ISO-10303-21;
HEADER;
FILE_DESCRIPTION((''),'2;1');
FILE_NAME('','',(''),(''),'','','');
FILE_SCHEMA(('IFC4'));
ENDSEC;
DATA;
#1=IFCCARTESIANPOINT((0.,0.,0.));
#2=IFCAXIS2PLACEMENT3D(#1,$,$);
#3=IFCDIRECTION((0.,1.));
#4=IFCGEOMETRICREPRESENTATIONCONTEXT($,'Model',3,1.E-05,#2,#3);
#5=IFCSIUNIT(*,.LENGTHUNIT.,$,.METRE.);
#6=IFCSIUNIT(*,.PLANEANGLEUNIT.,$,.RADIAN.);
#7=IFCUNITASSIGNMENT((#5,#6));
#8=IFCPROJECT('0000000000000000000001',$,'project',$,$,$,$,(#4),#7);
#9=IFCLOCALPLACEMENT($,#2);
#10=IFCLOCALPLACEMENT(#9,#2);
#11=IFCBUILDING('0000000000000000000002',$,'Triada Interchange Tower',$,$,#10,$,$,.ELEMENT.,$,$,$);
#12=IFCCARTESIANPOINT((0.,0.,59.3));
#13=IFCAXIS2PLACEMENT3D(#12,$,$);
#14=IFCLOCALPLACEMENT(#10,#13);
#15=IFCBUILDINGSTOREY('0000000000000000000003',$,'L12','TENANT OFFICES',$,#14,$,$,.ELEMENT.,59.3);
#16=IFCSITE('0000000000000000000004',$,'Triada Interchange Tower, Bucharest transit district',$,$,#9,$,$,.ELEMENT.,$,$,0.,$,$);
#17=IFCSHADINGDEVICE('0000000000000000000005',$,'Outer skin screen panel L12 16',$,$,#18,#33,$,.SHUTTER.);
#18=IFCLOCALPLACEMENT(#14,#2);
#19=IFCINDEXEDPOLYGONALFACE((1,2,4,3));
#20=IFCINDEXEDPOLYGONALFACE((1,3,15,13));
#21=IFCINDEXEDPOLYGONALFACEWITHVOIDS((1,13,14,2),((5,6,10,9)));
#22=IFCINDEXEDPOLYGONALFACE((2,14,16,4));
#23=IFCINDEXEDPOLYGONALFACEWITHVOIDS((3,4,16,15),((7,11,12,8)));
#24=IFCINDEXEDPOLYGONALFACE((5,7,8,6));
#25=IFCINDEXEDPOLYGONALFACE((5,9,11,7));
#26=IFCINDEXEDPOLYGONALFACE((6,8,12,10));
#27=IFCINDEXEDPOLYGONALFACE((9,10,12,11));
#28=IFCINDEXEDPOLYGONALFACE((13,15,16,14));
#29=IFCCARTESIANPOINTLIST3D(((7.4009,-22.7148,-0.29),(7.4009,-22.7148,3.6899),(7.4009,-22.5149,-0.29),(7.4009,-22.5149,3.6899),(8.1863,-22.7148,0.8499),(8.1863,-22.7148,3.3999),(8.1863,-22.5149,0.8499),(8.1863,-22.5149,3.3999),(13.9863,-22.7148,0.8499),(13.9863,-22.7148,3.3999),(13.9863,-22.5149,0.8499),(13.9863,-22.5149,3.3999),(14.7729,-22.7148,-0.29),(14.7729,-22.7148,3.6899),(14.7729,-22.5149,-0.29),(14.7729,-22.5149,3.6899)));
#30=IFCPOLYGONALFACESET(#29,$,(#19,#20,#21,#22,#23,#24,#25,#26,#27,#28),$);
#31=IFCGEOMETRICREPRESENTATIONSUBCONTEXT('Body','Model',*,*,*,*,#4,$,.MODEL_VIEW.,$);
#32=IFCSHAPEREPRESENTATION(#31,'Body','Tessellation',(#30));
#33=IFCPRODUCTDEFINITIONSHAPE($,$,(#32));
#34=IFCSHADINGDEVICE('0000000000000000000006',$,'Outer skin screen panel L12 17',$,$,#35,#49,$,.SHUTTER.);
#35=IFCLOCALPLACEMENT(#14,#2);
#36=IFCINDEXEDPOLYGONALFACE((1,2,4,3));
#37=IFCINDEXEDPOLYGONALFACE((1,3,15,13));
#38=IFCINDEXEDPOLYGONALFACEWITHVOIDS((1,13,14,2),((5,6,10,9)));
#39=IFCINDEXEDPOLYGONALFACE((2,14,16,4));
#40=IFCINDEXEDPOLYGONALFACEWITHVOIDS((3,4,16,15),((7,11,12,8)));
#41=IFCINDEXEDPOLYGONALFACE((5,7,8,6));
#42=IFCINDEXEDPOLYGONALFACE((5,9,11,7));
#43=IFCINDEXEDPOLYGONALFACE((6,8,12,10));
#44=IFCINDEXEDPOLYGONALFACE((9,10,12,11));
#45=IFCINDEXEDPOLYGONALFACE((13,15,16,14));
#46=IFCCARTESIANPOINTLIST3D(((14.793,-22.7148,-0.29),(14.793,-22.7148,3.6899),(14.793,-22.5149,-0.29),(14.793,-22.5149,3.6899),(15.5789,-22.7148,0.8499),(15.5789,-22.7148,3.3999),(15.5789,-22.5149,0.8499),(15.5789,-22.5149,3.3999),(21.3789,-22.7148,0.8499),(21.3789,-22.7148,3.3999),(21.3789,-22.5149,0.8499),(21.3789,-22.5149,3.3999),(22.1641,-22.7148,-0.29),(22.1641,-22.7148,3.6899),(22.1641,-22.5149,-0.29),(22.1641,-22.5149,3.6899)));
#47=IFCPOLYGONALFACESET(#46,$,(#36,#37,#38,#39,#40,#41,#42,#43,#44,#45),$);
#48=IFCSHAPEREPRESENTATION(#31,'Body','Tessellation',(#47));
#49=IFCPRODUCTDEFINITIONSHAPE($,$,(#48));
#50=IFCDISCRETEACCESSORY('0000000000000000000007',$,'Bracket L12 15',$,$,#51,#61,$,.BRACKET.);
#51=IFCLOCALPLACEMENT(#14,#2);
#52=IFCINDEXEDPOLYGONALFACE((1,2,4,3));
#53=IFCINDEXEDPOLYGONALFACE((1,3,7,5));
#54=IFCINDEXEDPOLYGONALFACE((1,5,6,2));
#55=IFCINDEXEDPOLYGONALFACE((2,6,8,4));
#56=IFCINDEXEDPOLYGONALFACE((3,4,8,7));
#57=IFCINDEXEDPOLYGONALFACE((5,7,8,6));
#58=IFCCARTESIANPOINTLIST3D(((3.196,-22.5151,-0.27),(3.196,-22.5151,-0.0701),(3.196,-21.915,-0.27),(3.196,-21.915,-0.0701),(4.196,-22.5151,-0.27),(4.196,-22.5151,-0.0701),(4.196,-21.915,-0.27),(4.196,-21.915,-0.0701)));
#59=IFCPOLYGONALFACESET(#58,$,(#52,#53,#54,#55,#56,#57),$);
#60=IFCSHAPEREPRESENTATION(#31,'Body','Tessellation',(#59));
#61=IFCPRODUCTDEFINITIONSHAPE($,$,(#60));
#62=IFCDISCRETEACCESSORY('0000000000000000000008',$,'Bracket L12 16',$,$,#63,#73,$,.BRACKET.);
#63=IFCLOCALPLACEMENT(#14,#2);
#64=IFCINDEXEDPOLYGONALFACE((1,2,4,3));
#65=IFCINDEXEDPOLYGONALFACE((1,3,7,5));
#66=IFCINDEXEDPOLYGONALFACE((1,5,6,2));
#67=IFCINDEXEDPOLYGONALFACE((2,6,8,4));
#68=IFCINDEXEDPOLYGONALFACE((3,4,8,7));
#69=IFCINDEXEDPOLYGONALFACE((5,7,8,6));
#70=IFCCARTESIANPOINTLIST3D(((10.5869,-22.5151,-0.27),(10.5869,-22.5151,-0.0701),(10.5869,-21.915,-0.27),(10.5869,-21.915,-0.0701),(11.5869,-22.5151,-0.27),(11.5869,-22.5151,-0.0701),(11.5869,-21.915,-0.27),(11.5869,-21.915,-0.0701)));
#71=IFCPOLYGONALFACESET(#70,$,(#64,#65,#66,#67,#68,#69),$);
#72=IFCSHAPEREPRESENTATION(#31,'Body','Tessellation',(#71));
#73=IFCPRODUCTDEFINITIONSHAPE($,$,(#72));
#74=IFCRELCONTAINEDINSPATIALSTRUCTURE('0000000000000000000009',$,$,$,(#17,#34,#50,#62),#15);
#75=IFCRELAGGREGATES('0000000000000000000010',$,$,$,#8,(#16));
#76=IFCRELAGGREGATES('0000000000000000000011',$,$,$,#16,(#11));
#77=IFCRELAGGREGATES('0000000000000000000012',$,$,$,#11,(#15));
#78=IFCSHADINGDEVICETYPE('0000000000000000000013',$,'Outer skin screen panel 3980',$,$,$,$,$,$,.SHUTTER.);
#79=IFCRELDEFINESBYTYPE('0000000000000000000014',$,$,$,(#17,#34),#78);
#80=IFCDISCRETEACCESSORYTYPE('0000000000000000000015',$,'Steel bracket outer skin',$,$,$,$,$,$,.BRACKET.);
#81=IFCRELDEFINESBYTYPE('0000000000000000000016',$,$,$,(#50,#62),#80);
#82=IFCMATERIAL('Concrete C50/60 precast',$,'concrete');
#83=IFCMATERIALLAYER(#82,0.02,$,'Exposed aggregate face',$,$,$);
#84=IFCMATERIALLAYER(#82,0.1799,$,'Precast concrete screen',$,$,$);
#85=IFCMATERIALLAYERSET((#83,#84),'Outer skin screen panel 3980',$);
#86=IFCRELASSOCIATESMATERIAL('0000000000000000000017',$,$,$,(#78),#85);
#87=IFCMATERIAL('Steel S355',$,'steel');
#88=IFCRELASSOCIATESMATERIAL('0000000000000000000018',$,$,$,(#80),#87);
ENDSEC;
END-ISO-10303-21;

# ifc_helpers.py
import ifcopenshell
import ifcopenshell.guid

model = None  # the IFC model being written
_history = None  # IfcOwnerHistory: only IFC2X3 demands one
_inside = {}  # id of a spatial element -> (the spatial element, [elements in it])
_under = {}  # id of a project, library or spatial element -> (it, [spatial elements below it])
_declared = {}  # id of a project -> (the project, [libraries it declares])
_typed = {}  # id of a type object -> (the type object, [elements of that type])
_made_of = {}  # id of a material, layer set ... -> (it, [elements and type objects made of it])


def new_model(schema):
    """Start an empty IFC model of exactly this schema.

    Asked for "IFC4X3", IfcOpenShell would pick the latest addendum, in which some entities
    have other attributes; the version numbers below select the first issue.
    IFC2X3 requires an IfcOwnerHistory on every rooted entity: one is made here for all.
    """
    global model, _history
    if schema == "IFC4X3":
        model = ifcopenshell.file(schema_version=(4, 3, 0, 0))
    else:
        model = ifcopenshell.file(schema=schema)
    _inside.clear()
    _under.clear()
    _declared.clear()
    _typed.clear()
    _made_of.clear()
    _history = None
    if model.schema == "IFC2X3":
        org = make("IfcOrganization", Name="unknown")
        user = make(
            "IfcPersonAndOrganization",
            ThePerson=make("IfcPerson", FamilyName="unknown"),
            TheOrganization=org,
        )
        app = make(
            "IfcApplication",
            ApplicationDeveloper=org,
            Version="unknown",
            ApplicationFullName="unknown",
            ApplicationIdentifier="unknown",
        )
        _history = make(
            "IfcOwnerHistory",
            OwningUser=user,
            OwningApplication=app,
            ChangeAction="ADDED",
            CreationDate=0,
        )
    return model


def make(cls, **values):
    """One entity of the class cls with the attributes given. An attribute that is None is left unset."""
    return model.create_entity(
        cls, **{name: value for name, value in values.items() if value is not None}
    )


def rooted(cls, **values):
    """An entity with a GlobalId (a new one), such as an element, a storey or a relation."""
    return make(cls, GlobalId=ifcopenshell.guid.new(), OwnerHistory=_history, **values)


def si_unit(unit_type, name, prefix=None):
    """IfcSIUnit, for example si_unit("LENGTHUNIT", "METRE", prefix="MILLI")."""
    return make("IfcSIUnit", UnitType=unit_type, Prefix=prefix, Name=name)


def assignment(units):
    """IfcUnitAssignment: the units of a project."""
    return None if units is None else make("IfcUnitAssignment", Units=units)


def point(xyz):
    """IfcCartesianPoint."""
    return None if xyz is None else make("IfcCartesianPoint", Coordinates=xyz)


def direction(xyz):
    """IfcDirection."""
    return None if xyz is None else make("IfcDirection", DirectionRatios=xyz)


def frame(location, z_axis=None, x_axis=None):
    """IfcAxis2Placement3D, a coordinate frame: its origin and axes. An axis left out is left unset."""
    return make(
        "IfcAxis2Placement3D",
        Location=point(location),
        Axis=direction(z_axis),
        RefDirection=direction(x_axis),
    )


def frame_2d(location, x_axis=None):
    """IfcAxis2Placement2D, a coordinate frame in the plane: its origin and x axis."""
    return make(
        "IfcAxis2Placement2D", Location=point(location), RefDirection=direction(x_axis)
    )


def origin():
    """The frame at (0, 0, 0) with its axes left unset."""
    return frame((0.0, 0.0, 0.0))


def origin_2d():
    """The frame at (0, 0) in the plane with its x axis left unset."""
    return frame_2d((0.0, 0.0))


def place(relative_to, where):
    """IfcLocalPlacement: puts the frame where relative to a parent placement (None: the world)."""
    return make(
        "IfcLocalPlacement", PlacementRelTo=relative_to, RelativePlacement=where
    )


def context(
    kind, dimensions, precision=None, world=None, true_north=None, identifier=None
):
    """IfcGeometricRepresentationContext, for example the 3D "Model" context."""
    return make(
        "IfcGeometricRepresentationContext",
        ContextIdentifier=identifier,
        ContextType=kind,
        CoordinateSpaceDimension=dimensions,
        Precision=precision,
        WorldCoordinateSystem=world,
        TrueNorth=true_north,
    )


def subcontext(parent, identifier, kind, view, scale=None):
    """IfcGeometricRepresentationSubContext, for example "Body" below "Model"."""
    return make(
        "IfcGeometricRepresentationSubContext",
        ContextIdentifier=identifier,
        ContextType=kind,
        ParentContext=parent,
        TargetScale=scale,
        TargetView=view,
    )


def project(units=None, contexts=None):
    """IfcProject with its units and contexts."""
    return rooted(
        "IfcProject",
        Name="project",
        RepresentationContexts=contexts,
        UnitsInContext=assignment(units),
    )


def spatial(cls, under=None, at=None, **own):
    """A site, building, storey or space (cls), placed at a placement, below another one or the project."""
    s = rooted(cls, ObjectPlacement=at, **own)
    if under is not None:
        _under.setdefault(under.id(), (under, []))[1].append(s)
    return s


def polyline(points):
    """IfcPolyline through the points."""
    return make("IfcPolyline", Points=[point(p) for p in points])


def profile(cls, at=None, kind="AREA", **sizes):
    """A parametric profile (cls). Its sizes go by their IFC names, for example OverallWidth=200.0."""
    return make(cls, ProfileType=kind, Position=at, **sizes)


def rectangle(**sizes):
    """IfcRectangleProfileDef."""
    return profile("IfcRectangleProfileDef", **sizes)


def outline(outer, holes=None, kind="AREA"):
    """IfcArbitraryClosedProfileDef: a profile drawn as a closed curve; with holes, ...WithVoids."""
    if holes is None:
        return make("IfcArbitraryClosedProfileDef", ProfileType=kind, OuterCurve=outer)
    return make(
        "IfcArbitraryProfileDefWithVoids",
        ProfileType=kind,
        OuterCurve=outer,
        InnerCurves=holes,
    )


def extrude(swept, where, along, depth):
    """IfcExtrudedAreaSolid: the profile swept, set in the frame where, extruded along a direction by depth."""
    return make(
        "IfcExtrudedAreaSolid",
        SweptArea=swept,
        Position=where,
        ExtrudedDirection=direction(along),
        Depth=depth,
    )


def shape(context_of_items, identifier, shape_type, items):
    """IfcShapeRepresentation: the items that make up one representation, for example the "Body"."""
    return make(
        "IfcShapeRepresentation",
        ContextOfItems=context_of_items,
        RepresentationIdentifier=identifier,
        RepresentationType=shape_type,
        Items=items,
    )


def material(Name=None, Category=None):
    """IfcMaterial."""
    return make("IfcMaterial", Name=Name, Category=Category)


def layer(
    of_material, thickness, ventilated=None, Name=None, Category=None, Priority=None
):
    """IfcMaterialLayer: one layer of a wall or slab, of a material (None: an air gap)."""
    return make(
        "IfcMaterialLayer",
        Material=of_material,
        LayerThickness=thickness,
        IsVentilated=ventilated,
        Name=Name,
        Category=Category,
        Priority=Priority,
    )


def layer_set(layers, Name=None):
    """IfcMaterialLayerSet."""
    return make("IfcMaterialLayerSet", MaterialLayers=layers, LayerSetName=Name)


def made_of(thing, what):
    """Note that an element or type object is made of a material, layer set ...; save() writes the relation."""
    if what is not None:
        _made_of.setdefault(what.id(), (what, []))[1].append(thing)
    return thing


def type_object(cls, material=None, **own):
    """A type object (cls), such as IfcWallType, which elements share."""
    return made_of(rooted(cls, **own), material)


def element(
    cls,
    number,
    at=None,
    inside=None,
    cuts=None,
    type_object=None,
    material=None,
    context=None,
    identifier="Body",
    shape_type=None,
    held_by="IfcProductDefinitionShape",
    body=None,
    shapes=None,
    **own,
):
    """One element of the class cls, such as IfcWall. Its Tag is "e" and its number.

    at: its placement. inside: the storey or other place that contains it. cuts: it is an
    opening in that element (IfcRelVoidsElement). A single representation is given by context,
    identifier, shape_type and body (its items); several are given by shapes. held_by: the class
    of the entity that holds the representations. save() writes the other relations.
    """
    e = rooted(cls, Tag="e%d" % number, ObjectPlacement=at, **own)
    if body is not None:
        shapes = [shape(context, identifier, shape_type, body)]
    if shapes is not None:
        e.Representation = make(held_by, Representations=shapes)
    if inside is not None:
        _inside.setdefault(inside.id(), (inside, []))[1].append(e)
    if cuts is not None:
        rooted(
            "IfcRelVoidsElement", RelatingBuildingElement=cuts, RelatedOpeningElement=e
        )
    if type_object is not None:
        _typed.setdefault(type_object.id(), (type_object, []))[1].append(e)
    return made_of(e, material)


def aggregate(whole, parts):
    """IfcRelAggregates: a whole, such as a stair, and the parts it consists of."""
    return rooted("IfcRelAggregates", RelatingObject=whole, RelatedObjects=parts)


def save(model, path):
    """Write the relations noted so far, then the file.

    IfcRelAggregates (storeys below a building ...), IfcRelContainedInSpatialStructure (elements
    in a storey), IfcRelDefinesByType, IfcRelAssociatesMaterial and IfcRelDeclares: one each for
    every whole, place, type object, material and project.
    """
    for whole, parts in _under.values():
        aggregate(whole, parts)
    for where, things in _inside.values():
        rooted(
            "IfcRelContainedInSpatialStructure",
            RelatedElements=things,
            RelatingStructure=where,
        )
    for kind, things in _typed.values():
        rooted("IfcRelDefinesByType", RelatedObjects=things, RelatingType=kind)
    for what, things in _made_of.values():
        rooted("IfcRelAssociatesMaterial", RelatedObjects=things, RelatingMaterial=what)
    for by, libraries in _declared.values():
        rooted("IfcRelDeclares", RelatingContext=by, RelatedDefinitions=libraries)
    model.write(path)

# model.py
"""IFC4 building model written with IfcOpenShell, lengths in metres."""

from ifc_helpers import new_model, si_unit, direction, frame, origin, origin_2d, place, context, subcontext, project, spatial, polyline, rectangle, outline, extrude, material, layer, layer_set, type_object, element, save


model = new_model("IFC4")

# Units and contexts
model_context = context("Model", 3, precision=1e-05, world=origin(), true_north=direction((0.0, 1.0)))
body_context = subcontext(model_context, "Body", "Model", "MODEL_VIEW")
ifc_project = project(units=[si_unit("LENGTHUNIT", "METRE"), si_unit("PLANEANGLEUNIT", "RADIAN")], contexts=[model_context])

# Site, building, storey
site_placement = place(None, origin())
site = spatial("IfcSite", under=ifc_project, at=site_placement, Name="Triada Interchange Tower, Bucharest transit district", CompositionType="ELEMENT", RefElevation=0.0)
building_placement = place(site_placement, origin())
building = spatial("IfcBuilding", under=site, at=building_placement, Name="Triada Interchange Tower", CompositionType="ELEMENT")
storey_placement = place(building_placement, frame((0.0, 0.0, 59.3)))
storey = spatial("IfcBuildingStorey", under=building, at=storey_placement, Name="L12", Description="TENANT OFFICES", CompositionType="ELEMENT", Elevation=59.3)

# Shading devices
ifc_material_1 = material(Name="Concrete C50/60 precast", Category="concrete")
ifc_layer_1 = layer(ifc_material_1, 0.02, Name="Exposed aggregate face")
ifc_layer_2 = layer(ifc_material_1, 0.1799, Name="Precast concrete screen")
ifc_layer_set_1 = layer_set([ifc_layer_1, ifc_layer_2], Name="Outer skin screen panel 3980")
shading_device_type = type_object("IfcShadingDeviceType", Name="Outer skin screen panel 3980", PredefinedType="SHUTTER", material=ifc_layer_set_1)
shading_device_1_placement = place(storey_placement, frame((7.4009, -22.5149, -0.29), z_axis=(0.0, 0.0, 1.0), x_axis=(1.0, 0.0, 0.0)))
element("IfcShadingDevice", 1, at=shading_device_1_placement, inside=storey, type_object=shading_device_type, Name="Outer skin screen panel L12 16", PredefinedType="SHUTTER", context=body_context, shape_type="SweptSolid", body=[
    extrude(outline(polyline([(0.0, 0.0), (7.3721, 0.0), (7.3721, 3.98), (0.0, 3.98), (0.0, 0.0)]), holes=[polyline([(0.7854, 1.1399), (0.7854, 3.6899), (6.5854, 3.6899), (6.5854, 1.1399), (0.7854, 1.1399)])]), frame((0.0, 0.0, 0.0), z_axis=(0.0, -1.0, 0.0), x_axis=(1.0, 0.0, 0.0)), (0.0, 0.0, 1.0), 0.2),
])
shading_device_2_placement = place(storey_placement, frame((14.793, -22.5149, -0.29), z_axis=(0.0, 0.0, 1.0), x_axis=(1.0, 0.0, 0.0)))
element("IfcShadingDevice", 2, at=shading_device_2_placement, inside=storey, type_object=shading_device_type, Name="Outer skin screen panel L12 17", PredefinedType="SHUTTER", context=body_context, shape_type="SweptSolid", body=[
    extrude(outline(polyline([(0.0, 0.0), (7.3711, 0.0), (7.3711, 3.98), (0.0, 3.98), (0.0, 0.0)]), holes=[polyline([(0.7859, 1.1399), (0.7859, 3.6899), (6.5859, 3.6899), (6.5859, 1.1399), (0.7859, 1.1399)])]), frame((0.0, 0.0, 0.0), z_axis=(0.0, -1.0, 0.0), x_axis=(1.0, 0.0, 0.0)), (0.0, 0.0, 1.0), 0.2),
])

# Discrete accessories
ifc_material_2 = material(Name="Steel S355", Category="steel")
discrete_accessory_type = type_object("IfcDiscreteAccessoryType", Name="Steel bracket outer skin", PredefinedType="BRACKET", material=ifc_material_2)
for number, where, z_axis, x_axis, name in (
    (3, (3.696, -22.2151, -0.27), (0.0, 0.0, 1.0), (0.0, -1.0, 0.0), "Bracket L12 15"),
    (4, (11.0869, -22.2151, -0.27), (0.0, 0.0, 1.0), (0.0, -1.0, 0.0), "Bracket L12 16"),
):
    element("IfcDiscreteAccessory", number, at=place(storey_placement, frame(where, z_axis=z_axis, x_axis=x_axis)), inside=storey, type_object=discrete_accessory_type, Name=name, PredefinedType="BRACKET", context=body_context, shape_type="SweptSolid", body=[
        extrude(rectangle(XDim=0.6001, YDim=1.0, at=origin_2d()), origin(), (0.0, 0.0, 1.0), 0.2),
    ])

save(model, "model.ifc")
